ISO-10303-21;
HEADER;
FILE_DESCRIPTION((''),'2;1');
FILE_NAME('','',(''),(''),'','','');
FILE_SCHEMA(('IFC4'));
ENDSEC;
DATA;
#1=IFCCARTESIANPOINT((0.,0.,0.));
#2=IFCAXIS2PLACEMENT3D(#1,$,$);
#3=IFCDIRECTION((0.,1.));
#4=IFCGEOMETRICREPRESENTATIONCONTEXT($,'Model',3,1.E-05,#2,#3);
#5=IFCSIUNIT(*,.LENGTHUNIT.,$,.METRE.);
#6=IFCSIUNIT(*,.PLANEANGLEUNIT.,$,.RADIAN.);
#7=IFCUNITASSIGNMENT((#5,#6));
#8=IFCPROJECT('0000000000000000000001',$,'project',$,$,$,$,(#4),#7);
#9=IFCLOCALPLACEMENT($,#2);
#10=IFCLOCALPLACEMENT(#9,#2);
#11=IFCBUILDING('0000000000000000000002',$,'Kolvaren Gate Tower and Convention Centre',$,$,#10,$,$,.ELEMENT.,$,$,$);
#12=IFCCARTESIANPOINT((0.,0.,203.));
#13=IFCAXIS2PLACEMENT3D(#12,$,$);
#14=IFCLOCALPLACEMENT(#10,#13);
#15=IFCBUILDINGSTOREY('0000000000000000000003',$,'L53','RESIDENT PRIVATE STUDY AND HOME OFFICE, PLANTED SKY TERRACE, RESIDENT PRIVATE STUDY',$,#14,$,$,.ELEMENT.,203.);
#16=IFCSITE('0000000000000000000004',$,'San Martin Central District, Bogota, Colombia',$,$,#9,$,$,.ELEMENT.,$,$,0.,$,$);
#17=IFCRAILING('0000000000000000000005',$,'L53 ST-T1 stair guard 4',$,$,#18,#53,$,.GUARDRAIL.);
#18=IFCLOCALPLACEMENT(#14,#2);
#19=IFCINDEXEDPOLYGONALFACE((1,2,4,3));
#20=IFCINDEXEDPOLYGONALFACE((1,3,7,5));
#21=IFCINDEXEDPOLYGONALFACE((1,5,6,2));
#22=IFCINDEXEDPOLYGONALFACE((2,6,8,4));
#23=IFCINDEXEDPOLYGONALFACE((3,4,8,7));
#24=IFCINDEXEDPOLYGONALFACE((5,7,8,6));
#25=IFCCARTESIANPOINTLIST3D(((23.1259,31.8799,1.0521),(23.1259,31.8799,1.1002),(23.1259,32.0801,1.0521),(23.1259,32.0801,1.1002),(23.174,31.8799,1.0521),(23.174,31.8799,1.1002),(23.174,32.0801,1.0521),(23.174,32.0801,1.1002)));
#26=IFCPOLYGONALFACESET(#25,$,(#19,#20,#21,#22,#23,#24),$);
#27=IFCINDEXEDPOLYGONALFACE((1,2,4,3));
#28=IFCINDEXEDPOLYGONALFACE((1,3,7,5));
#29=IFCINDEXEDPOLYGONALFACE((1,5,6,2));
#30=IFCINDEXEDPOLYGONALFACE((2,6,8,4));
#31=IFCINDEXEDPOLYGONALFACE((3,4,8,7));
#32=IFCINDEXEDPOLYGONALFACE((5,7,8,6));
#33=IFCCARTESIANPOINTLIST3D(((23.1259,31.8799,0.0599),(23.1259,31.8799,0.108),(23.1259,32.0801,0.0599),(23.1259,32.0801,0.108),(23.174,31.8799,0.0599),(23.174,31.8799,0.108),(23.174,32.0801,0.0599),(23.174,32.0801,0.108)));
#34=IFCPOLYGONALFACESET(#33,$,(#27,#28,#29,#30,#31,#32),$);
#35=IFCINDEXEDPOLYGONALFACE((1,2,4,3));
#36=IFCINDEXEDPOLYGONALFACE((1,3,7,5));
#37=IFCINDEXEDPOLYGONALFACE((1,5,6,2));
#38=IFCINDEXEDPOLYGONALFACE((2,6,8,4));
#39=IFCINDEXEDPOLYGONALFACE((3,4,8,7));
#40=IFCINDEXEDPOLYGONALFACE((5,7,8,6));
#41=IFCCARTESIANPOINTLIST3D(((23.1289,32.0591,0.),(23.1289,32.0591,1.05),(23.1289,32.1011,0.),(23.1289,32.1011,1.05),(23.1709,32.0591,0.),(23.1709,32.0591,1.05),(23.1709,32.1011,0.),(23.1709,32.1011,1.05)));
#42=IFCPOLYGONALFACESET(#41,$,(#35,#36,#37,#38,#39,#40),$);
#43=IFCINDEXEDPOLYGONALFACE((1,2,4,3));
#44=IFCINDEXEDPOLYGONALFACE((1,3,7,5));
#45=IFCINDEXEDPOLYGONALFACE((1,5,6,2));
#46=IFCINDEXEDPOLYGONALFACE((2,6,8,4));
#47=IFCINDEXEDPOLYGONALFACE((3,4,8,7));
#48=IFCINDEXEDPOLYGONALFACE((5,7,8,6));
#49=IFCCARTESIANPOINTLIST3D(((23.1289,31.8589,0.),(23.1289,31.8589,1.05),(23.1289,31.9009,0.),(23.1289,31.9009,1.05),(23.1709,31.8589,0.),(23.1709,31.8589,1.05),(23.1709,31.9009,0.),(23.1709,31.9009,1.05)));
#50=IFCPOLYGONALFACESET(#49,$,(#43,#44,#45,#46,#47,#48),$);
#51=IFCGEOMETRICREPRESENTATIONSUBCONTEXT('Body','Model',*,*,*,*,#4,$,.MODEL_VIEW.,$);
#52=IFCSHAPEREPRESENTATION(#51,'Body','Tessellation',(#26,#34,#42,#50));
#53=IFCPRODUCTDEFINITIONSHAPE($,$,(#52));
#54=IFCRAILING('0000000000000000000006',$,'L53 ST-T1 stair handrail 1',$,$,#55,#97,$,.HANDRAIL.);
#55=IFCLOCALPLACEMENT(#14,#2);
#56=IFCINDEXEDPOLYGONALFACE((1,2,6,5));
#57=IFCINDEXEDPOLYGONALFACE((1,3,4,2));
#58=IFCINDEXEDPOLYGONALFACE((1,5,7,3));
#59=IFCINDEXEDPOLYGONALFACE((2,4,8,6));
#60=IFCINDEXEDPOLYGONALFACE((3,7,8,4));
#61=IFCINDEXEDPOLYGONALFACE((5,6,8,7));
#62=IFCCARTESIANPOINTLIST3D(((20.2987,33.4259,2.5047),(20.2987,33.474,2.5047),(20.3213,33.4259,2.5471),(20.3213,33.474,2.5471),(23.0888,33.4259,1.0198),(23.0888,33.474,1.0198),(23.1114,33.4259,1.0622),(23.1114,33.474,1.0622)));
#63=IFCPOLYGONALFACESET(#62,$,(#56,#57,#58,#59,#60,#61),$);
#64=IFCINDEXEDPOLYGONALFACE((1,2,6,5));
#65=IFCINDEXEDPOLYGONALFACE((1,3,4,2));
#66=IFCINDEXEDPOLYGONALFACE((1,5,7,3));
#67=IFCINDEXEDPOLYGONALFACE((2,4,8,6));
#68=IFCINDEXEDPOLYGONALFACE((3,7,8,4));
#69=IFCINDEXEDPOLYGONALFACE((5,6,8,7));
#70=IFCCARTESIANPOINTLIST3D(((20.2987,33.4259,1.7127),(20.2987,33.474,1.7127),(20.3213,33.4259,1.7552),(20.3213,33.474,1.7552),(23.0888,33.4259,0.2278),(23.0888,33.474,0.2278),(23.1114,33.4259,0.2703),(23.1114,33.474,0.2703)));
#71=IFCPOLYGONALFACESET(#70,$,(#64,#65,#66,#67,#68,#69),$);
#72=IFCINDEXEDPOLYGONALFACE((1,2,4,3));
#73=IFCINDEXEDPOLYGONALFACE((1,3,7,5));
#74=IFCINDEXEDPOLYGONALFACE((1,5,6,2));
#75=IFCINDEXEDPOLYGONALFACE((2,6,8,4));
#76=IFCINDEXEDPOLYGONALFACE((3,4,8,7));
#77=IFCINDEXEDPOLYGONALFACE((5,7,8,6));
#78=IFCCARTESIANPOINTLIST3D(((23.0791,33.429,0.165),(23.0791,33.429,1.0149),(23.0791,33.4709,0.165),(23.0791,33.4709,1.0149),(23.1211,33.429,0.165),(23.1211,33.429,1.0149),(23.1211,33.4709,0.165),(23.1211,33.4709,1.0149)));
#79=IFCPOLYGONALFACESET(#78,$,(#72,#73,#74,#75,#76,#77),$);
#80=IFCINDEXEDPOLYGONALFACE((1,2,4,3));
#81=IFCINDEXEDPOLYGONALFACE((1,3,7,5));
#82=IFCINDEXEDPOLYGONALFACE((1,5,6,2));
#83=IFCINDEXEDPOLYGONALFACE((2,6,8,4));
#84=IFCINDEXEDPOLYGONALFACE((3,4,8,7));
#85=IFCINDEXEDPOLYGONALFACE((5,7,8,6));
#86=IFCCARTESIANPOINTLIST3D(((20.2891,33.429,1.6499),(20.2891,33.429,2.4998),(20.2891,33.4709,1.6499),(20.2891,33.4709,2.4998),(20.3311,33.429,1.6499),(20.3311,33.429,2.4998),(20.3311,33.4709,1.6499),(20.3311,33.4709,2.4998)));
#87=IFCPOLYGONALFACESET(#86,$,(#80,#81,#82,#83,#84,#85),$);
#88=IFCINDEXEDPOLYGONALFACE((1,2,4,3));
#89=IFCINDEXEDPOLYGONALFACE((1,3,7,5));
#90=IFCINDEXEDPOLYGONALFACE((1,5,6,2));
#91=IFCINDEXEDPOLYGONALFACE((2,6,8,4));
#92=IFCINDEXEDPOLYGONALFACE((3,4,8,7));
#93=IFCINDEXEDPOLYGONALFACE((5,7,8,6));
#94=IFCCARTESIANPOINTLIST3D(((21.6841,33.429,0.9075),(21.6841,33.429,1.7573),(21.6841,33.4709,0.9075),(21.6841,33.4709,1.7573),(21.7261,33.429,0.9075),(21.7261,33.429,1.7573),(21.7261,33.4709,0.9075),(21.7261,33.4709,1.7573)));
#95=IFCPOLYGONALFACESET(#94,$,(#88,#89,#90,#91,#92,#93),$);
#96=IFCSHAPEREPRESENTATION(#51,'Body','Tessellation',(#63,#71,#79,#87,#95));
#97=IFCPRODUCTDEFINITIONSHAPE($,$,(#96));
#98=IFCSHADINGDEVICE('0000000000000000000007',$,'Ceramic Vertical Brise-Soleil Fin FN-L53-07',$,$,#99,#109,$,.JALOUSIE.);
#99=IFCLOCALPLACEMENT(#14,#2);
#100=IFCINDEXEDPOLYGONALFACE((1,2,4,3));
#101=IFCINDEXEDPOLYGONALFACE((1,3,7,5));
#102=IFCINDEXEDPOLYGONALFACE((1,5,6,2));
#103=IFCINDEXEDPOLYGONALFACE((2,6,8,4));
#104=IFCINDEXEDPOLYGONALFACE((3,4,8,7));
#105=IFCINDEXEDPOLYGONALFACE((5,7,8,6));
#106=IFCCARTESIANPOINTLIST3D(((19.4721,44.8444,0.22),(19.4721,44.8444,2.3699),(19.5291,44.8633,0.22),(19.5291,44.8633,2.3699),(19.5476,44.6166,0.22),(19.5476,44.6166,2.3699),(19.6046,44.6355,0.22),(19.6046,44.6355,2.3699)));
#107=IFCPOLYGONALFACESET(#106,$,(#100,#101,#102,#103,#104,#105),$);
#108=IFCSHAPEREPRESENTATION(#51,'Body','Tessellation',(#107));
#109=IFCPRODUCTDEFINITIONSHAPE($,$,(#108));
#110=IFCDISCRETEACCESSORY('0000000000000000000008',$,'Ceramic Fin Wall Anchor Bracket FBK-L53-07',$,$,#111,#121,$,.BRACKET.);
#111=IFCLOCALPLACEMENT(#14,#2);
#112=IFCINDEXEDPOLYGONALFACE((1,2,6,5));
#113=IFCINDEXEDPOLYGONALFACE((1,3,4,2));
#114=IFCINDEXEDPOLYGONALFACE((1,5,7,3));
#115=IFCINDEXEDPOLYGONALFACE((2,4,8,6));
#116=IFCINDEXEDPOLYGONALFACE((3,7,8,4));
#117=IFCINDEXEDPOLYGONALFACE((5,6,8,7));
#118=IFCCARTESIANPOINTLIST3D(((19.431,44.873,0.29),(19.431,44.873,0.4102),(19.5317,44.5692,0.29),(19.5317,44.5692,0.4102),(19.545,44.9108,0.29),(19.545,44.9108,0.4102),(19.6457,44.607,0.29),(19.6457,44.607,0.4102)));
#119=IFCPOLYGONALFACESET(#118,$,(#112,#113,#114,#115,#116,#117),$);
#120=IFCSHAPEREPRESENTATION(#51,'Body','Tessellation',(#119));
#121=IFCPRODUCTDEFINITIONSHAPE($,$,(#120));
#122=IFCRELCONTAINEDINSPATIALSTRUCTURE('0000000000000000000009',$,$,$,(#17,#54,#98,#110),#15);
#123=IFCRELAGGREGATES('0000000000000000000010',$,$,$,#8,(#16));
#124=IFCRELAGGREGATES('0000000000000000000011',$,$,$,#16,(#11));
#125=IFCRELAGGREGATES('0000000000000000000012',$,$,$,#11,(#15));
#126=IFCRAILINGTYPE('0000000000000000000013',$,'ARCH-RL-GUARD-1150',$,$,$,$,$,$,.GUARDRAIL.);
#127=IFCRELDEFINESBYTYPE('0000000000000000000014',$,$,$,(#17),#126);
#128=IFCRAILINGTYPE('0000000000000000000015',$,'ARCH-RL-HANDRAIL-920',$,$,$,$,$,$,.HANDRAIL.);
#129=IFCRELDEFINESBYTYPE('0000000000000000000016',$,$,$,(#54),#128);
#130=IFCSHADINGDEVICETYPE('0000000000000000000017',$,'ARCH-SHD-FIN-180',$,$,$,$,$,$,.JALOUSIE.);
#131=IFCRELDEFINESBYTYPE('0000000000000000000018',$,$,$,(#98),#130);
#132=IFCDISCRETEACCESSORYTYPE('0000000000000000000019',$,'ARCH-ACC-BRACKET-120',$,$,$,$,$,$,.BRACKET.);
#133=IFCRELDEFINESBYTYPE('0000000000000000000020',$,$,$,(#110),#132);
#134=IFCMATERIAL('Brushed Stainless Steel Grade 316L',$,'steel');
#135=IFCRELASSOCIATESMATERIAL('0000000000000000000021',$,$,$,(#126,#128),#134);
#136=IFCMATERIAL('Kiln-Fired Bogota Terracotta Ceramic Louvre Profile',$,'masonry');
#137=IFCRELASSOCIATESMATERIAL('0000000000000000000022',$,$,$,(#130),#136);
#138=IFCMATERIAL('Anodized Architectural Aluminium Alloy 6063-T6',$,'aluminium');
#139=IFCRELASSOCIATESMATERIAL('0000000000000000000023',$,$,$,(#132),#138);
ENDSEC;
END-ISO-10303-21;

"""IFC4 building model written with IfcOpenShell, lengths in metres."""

from ifc_helpers import new_model, si_unit, direction, frame, origin, origin_2d, place, context, subcontext, project, spatial, rectangle, extrude, material, type_object, element, save


model = new_model("IFC4")

# Units and contexts
model_context = context("Model", 3, precision=1e-05, world=origin(), true_north=direction((0.0, 1.0)))
body_context = subcontext(model_context, "Body", "Model", "MODEL_VIEW")
ifc_project = project(units=[si_unit("LENGTHUNIT", "METRE"), si_unit("PLANEANGLEUNIT", "RADIAN")], contexts=[model_context])

# Site, building, storey
site_placement = place(None, origin())
site = spatial("IfcSite", under=ifc_project, at=site_placement, Name="San Martin Central District, Bogota, Colombia", CompositionType="ELEMENT", RefElevation=0.0)
building_placement = place(site_placement, origin())
building = spatial("IfcBuilding", under=site, at=building_placement, Name="Kolvaren Gate Tower and Convention Centre", CompositionType="ELEMENT")
storey_placement = place(building_placement, frame((0.0, 0.0, 203.0)))
storey = spatial("IfcBuildingStorey", under=building, at=storey_placement, Name="L53", Description="RESIDENT PRIVATE STUDY AND HOME OFFICE, PLANTED SKY TERRACE, RESIDENT PRIVATE STUDY", CompositionType="ELEMENT", Elevation=203.0)

# Railings
ifc_material_1 = material(Name="Brushed Stainless Steel Grade 316L", Category="steel")
railing_type_1 = type_object("IfcRailingType", Name="ARCH-RL-GUARD-1150", PredefinedType="GUARDRAIL", material=ifc_material_1)
railing_1_placement = place(storey_placement, frame((23.1499, 32.0801, 0.0)))
element("IfcRailing", 1, at=railing_1_placement, inside=storey, type_object=railing_type_1, Name="L53 ST-T1 stair guard 4", PredefinedType="GUARDRAIL", context=body_context, shape_type="SweptSolid", body=[
    extrude(rectangle(XDim=0.0481, YDim=0.0481, at=origin_2d()), frame((0.0, 0.0, 1.0762), z_axis=(0.0, -1.0, 0.0), x_axis=(1.0, 0.0, 0.0)), (0.0, 0.0, 1.0), 0.2002),
    extrude(rectangle(XDim=0.0481, YDim=0.0481, at=origin_2d()), frame((0.0, 0.0, 0.084), z_axis=(0.0, -1.0, 0.0), x_axis=(1.0, 0.0, 0.0)), (0.0, 0.0, 1.0), 0.2002),
    extrude(rectangle(XDim=0.042, YDim=0.042, at=origin_2d()), origin(), (0.0, 0.0, 1.0), 1.05),
    extrude(rectangle(XDim=0.042, YDim=0.042, at=origin_2d()), frame((0.0, -0.2002, 0.0)), (0.0, 0.0, 1.0), 1.05),
])
railing_type_2 = type_object("IfcRailingType", Name="ARCH-RL-HANDRAIL-920", PredefinedType="HANDRAIL", material=ifc_material_1)
railing_2_placement = place(storey_placement, frame((23.1001, 33.45, 0.165)))
element("IfcRailing", 2, at=railing_2_placement, inside=storey, type_object=railing_type_2, Name="L53 ST-T1 stair handrail 1", PredefinedType="HANDRAIL", context=body_context, shape_type="SweptSolid", body=[
    extrude(rectangle(XDim=0.0481, YDim=0.0481, at=origin_2d()), frame((0.0, 0.0, 0.876), z_axis=(-0.882767, 0.0, 0.46981), x_axis=(0.0, -1.0, 0.0)), (0.0, 0.0, 1.0), 3.1606),
    extrude(rectangle(XDim=0.0481, YDim=0.0481, at=origin_2d()), frame((0.0, 0.0, 0.084), z_axis=(-0.882767, 0.0, 0.46981), x_axis=(0.0, -1.0, 0.0)), (0.0, 0.0, 1.0), 3.1606),
    extrude(rectangle(XDim=0.042, YDim=0.042, at=origin_2d()), origin(), (0.0, 0.0, 1.0), 0.8499),
    extrude(rectangle(XDim=0.042, YDim=0.042, at=origin_2d()), frame((-2.79, 0.0, 1.4849)), (0.0, 0.0, 1.0), 0.8499),
    extrude(rectangle(XDim=0.042, YDim=0.042, at=origin_2d()), frame((-1.395, 0.0, 0.7424)), (0.0, 0.0, 1.0), 0.8499),
])

# Shading device
ifc_material_2 = material(Name="Kiln-Fired Bogota Terracotta Ceramic Louvre Profile", Category="masonry")
shading_device_type = type_object("IfcShadingDeviceType", Name="ARCH-SHD-FIN-180", PredefinedType="JALOUSIE", material=ifc_material_2)
shading_device_placement = place(storey_placement, frame((19.5383, 44.74, 0.22), z_axis=(0.0, 0.0, 1.0), x_axis=(0.949242, 0.314548, 0.0)))
element("IfcShadingDevice", 3, at=shading_device_placement, inside=storey, type_object=shading_device_type, Name="Ceramic Vertical Brise-Soleil Fin FN-L53-07", PredefinedType="JALOUSIE", context=body_context, shape_type="SweptSolid", body=[
    extrude(rectangle(XDim=0.0601, YDim=0.24, at=origin_2d()), origin(), (0.0, 0.0, 1.0), 2.1499),
])

# Discrete accessory
ifc_material_3 = material(Name="Anodized Architectural Aluminium Alloy 6063-T6", Category="aluminium")
discrete_accessory_type = type_object("IfcDiscreteAccessoryType", Name="ARCH-ACC-BRACKET-120", PredefinedType="BRACKET", material=ifc_material_3)
discrete_accessory_placement = place(storey_placement, frame((19.5383, 44.74, 0.29), z_axis=(0.0, 0.0, 1.0), x_axis=(0.949242, 0.314548, 0.0)))
element("IfcDiscreteAccessory", 4, at=discrete_accessory_placement, inside=storey, type_object=discrete_accessory_type, Name="Ceramic Fin Wall Anchor Bracket FBK-L53-07", PredefinedType="BRACKET", context=body_context, shape_type="SweptSolid", body=[
    extrude(rectangle(XDim=0.1201, YDim=0.3201, at=origin_2d()), origin(), (0.0, 0.0, 1.0), 0.1201),
])

save(model, "model.ifc")
